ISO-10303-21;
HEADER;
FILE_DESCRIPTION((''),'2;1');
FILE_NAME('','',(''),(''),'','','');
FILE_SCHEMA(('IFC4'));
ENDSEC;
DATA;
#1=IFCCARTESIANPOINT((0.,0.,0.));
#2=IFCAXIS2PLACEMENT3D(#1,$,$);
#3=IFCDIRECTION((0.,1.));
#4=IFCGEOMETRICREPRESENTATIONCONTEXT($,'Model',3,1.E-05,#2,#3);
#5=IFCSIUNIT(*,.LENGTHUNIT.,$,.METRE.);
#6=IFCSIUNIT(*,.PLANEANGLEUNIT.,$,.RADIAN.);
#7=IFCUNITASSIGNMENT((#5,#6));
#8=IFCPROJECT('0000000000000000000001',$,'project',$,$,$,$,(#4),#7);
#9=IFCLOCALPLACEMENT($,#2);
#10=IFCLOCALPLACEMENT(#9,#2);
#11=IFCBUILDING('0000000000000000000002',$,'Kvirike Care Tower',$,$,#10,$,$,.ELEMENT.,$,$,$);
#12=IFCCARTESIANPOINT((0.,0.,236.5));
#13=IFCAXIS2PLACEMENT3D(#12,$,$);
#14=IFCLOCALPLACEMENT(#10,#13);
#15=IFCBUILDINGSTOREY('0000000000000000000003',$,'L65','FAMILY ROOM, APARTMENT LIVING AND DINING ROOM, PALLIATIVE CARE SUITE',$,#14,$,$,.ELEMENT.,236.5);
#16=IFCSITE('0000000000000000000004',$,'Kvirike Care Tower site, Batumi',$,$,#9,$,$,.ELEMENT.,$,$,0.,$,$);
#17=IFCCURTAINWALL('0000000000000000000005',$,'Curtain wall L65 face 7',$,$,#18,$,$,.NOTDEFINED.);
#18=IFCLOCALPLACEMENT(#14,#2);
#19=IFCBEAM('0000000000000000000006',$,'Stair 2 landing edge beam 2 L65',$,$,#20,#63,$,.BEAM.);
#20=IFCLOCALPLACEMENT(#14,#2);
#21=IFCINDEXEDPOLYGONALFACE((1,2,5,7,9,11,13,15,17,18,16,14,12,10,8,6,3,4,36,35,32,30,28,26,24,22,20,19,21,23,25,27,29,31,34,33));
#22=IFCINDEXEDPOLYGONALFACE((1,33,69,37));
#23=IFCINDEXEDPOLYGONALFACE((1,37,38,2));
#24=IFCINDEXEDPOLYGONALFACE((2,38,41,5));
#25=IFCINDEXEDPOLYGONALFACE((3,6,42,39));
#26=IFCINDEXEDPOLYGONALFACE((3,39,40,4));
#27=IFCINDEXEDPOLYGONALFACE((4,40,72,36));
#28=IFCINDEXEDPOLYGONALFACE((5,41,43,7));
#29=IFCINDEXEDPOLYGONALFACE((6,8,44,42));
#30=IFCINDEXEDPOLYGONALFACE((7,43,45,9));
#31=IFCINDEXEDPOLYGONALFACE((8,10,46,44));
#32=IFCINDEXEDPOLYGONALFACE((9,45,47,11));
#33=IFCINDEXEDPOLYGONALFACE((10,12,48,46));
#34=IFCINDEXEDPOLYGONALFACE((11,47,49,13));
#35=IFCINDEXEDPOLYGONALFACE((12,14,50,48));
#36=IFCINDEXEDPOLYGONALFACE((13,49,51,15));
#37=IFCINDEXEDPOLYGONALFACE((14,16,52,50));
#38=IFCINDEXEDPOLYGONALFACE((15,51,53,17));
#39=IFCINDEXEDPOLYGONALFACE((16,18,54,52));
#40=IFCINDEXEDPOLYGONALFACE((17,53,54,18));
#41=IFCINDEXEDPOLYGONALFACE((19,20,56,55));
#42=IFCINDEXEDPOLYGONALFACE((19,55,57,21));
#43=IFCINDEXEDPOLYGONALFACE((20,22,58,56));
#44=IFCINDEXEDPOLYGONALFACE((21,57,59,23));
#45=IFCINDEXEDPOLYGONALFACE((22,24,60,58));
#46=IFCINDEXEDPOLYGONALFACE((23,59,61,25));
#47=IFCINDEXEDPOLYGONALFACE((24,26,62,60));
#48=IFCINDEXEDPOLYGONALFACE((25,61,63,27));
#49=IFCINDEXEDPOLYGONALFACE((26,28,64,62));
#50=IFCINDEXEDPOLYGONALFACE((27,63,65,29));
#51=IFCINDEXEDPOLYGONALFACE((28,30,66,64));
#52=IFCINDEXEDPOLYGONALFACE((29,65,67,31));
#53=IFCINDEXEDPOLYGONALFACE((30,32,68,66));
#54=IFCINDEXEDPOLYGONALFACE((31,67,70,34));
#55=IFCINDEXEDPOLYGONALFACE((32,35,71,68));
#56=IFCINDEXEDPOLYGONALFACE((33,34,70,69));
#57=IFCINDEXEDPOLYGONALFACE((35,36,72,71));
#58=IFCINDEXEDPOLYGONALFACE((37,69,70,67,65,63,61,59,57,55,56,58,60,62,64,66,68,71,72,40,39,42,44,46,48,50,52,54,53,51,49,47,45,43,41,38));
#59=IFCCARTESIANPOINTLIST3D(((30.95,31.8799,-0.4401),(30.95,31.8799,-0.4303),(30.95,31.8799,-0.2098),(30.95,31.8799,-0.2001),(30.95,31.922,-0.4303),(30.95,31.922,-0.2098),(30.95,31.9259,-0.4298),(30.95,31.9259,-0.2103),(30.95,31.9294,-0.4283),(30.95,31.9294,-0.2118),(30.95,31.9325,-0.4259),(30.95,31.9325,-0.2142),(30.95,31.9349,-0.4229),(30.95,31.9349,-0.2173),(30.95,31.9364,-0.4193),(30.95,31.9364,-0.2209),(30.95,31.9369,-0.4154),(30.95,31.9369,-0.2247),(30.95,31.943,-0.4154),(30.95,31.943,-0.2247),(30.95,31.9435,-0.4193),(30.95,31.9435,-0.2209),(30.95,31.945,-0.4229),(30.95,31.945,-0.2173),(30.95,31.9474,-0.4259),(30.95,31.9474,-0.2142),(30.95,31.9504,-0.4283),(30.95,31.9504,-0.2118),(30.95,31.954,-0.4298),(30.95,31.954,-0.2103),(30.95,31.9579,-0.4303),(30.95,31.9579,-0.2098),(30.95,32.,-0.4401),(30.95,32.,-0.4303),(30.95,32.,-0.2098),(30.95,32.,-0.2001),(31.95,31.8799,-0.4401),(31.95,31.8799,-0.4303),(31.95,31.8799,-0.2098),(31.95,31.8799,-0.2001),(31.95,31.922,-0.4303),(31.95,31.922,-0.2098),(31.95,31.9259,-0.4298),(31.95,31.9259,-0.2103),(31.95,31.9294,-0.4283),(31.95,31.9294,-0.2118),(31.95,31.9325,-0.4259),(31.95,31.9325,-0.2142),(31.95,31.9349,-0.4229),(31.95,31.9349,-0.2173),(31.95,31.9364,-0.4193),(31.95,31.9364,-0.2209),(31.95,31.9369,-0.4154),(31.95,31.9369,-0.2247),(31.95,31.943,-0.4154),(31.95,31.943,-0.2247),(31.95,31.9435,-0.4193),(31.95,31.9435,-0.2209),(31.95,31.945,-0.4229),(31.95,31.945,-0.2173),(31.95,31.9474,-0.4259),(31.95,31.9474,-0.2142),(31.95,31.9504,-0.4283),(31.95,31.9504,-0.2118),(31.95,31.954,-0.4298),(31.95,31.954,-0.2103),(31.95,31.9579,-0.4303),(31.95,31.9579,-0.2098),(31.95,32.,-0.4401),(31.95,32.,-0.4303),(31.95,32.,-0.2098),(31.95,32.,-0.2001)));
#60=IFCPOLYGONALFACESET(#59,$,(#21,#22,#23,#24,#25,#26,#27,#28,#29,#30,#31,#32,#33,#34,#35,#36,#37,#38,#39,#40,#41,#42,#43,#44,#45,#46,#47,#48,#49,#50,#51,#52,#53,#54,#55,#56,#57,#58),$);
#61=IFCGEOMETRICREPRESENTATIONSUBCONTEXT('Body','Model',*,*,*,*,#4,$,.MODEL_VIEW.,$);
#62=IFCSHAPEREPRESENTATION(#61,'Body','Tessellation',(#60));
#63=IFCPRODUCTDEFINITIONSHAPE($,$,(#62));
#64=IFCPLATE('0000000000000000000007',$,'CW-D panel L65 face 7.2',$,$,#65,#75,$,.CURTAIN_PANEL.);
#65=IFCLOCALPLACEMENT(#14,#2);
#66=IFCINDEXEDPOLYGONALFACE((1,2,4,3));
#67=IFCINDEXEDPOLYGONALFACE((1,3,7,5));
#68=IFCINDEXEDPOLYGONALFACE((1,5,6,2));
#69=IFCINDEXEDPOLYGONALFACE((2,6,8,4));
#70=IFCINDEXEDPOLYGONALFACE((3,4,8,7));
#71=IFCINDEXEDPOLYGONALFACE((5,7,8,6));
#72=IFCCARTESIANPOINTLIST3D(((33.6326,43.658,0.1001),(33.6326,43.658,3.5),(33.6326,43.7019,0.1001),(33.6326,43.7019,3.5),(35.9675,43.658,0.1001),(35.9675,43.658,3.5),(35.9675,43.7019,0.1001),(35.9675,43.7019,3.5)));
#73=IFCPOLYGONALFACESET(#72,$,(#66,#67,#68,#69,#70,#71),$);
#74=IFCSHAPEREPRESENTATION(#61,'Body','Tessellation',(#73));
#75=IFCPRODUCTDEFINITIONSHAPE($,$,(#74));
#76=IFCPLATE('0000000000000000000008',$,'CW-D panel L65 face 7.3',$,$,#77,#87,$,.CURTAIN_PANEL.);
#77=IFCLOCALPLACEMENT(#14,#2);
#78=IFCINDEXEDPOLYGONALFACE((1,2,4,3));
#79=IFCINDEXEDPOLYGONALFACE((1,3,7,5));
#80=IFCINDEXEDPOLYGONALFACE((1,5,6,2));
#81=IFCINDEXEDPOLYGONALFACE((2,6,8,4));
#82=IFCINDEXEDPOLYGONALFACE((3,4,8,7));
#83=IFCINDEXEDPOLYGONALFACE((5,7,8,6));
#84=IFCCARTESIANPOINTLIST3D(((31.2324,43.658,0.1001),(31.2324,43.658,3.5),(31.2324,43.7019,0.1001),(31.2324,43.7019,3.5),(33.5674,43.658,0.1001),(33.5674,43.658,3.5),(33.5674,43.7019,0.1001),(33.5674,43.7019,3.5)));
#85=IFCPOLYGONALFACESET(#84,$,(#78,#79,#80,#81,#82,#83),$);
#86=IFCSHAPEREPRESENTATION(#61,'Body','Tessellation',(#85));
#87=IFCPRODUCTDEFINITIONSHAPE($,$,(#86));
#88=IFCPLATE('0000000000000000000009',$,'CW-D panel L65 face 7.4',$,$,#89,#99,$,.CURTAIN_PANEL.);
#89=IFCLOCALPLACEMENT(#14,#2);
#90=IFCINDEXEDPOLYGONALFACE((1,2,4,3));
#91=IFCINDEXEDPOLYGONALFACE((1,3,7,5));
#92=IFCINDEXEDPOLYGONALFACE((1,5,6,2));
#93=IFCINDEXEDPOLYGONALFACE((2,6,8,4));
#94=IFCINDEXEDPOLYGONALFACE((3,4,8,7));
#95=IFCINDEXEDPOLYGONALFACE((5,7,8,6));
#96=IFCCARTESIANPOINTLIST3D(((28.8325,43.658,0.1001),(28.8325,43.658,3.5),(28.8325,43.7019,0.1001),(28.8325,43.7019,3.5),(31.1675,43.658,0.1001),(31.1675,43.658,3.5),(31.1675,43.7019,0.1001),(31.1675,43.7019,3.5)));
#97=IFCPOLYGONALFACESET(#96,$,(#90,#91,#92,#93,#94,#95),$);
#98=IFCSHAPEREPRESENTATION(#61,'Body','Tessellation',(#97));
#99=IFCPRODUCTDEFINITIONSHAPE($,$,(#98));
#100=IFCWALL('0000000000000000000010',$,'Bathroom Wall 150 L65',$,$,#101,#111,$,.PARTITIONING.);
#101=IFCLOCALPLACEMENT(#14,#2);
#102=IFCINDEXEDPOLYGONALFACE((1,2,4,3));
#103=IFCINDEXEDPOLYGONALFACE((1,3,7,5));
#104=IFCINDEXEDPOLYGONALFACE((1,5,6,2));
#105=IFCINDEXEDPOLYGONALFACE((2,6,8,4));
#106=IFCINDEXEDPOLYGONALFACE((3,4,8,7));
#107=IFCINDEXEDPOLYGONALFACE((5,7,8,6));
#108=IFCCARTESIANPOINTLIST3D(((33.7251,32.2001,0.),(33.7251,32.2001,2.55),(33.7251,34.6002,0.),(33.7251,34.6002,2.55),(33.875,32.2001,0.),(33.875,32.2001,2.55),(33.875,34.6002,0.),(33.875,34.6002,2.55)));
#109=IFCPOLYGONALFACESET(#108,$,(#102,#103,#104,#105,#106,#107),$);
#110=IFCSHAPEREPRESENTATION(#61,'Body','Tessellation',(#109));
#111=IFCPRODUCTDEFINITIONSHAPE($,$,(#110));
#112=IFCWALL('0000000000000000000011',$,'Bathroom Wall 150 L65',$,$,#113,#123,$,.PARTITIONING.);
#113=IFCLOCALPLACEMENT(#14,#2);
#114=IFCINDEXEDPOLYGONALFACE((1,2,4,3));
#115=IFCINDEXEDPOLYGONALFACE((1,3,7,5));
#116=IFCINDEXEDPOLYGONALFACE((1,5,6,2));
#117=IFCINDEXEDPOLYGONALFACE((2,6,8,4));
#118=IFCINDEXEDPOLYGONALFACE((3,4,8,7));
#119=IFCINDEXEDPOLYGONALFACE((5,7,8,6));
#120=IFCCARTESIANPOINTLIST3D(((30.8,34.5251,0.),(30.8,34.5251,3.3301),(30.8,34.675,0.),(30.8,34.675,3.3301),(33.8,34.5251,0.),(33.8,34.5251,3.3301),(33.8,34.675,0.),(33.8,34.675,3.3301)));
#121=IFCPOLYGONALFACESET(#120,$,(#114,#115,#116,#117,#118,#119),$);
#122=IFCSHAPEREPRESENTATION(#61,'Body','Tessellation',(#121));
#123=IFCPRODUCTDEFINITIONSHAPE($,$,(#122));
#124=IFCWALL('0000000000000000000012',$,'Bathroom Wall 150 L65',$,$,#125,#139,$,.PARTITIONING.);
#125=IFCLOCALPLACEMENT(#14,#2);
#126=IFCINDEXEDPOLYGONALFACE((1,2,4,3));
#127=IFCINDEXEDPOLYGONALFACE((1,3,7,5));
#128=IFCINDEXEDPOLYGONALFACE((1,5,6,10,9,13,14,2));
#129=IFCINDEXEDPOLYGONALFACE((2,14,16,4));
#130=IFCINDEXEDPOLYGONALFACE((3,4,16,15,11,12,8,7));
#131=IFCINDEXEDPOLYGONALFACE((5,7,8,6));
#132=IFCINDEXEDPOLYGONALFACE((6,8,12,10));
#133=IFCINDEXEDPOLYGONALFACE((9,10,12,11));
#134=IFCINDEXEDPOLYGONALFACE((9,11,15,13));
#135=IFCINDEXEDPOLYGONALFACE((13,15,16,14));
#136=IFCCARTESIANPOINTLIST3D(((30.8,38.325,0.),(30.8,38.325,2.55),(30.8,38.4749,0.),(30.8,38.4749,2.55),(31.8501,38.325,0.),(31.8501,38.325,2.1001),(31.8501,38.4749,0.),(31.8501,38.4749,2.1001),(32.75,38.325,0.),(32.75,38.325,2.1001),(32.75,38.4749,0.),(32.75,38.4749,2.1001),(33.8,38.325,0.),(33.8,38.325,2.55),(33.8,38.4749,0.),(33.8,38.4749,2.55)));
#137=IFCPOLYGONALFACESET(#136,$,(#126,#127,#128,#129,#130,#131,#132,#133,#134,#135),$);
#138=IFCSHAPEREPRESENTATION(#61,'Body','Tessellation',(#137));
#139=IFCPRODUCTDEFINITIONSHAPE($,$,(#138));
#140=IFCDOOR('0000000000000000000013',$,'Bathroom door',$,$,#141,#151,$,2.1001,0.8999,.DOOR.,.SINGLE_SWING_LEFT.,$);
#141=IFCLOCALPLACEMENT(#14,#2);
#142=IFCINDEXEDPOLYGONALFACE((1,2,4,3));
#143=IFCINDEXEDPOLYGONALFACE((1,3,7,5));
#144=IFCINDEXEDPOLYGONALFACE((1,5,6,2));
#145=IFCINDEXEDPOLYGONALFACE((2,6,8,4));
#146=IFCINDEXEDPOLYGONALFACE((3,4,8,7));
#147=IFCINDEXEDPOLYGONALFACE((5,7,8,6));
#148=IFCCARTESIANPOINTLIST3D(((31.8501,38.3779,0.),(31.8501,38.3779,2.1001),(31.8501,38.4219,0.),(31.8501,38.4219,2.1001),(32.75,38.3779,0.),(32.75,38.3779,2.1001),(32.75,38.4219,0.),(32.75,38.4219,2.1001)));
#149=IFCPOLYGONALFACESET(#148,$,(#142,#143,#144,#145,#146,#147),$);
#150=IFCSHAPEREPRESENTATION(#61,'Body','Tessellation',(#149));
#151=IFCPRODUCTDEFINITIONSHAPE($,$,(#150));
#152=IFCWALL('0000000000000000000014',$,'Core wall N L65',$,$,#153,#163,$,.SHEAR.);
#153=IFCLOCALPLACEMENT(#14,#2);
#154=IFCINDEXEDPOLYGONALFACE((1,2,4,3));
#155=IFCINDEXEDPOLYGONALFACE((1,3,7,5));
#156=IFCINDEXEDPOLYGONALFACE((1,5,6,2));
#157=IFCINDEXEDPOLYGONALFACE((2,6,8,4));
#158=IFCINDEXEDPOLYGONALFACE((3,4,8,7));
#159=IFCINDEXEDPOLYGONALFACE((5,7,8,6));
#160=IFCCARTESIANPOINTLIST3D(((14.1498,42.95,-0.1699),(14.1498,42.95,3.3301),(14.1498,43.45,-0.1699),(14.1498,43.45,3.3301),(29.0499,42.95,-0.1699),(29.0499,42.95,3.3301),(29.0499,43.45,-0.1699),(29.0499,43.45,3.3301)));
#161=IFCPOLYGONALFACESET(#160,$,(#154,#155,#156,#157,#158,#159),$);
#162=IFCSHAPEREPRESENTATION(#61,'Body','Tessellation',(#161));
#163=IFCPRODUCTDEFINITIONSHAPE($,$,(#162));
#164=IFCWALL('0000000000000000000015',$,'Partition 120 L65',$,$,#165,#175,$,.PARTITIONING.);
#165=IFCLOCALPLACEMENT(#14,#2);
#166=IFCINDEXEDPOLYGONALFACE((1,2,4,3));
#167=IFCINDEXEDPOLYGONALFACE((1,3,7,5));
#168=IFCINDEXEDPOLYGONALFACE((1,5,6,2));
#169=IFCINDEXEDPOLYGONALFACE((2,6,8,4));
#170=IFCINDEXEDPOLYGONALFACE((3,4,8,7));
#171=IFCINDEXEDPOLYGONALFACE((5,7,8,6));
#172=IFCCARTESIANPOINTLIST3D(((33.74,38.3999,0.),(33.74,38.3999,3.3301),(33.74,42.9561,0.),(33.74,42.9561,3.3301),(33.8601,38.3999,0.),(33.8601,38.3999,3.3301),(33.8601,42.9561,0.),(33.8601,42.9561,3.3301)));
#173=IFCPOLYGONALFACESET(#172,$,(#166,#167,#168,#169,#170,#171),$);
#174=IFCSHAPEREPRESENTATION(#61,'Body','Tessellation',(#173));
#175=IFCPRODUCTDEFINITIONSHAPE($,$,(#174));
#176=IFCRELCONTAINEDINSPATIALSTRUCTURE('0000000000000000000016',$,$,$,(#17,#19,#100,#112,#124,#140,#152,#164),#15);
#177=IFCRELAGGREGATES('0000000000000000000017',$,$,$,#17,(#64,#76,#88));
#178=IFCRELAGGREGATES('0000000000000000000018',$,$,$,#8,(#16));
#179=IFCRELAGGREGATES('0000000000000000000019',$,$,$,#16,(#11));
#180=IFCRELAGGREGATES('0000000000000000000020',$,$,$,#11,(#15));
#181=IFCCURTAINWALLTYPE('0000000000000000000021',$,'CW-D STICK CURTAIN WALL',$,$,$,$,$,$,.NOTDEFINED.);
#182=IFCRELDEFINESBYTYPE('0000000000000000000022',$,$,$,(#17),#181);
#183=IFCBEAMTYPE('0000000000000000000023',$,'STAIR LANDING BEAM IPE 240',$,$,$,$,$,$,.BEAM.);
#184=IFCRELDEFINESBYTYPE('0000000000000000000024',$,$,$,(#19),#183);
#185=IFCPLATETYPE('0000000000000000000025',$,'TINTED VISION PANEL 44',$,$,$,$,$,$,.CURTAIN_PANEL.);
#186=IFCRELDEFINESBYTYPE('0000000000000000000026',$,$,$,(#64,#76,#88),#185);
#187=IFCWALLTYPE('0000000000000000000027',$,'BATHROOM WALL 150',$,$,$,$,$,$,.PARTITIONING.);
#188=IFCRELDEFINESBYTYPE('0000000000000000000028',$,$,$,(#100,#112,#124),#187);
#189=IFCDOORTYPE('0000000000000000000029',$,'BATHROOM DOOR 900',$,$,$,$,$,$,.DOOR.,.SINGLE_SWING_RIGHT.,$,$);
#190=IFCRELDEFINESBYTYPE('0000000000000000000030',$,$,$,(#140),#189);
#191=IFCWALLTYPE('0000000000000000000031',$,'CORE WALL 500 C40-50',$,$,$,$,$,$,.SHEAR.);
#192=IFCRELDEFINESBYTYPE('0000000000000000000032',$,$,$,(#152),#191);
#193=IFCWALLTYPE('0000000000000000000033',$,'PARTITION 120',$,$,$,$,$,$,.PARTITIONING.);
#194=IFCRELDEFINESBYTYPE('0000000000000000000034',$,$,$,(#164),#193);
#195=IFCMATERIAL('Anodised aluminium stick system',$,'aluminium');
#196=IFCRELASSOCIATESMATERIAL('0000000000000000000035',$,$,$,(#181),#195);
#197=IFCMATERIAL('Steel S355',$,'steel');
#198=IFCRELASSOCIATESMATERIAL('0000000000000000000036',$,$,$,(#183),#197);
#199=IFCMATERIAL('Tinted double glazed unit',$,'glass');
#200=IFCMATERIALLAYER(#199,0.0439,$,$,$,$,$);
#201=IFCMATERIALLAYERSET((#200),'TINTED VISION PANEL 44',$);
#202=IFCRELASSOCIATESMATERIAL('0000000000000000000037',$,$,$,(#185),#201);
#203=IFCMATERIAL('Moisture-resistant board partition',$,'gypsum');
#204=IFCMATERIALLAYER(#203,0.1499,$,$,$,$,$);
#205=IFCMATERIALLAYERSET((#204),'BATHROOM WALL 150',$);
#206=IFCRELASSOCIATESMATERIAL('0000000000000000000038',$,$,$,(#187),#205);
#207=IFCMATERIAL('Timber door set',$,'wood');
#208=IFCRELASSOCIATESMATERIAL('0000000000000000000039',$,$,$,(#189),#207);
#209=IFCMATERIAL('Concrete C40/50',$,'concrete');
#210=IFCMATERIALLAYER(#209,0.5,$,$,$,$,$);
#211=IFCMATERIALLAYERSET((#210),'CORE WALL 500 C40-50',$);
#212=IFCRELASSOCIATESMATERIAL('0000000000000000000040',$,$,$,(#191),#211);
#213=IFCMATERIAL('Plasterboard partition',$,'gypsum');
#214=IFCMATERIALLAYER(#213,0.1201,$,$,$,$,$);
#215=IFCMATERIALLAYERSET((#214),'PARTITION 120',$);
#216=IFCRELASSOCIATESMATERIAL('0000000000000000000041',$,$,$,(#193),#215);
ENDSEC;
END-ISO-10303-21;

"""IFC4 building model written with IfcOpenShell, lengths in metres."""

from ifc_helpers import new_model, si_unit, direction, frame, frame_2d, origin, origin_2d, place, context, subcontext, project, spatial, rectangle, i_section, extrude, material, layer, layer_set, material_profile, profile_set, type_object, element, fill, aggregate, save


model = new_model("IFC4")

# Units and contexts
model_context = context("Model", 3, precision=1e-05, world=origin(), true_north=direction((0.0, 1.0)))
body_context = subcontext(model_context, "Body", "Model", "MODEL_VIEW")
ifc_project = project(units=[si_unit("LENGTHUNIT", "METRE"), si_unit("PLANEANGLEUNIT", "RADIAN")], contexts=[model_context])

# Site, building, storey
site_placement = place(None, origin())
site = spatial("IfcSite", under=ifc_project, at=site_placement, Name="Kvirike Care Tower site, Batumi", CompositionType="ELEMENT", RefElevation=0.0)
building_placement = place(site_placement, origin())
building = spatial("IfcBuilding", under=site, at=building_placement, Name="Kvirike Care Tower", CompositionType="ELEMENT")
storey_placement = place(building_placement, frame((0.0, 0.0, 236.5)))
storey = spatial("IfcBuildingStorey", under=building, at=storey_placement, Name="L65", Description="FAMILY ROOM, APARTMENT LIVING AND DINING ROOM, PALLIATIVE CARE SUITE", CompositionType="ELEMENT", Elevation=236.5)

# Curtain wall
ifc_material_1 = material(Name="Anodised aluminium stick system", Category="aluminium")
curtain_wall_type = type_object("IfcCurtainWallType", Name="CW-D STICK CURTAIN WALL", PredefinedType="NOTDEFINED", material=ifc_material_1)
curtain_wall_placement = place(storey_placement, origin())
curtain_wall = element("IfcCurtainWall", 1, at=curtain_wall_placement, inside=storey, type_object=curtain_wall_type, Name="Curtain wall L65 face 7", PredefinedType="NOTDEFINED")

# Beam
ifc_material_2 = material(Name="Steel S355", Category="steel")
ifc_material_profile_1 = material_profile(ifc_material_2, i_section(OverallWidth=0.1201, OverallDepth=0.24, WebThickness=0.0061, FlangeThickness=0.0098, FilletRadius=0.0149, at=origin_2d()), Name="IPE 240")
ifc_profile_set_1 = profile_set([ifc_material_profile_1], Name="Steel S355")
beam_type_1 = type_object("IfcBeamType", Name="STAIR LANDING BEAM IPE 240", PredefinedType="BEAM", material=ifc_profile_set_1)
beam_1_placement = place(storey_placement, frame((31.95, 31.9399, -0.3201), z_axis=(-1.0, 0.0, 0.0), x_axis=(0.0, -1.0, 0.0)))
element("IfcBeam", 2, at=beam_1_placement, inside=storey, type_object=beam_type_1, Name="Stair 2 landing edge beam 2 L65", PredefinedType="BEAM", context=body_context, shape_type="SweptSolid", body=[
    extrude(i_section(OverallWidth=0.1201, OverallDepth=0.24, WebThickness=0.0061, FlangeThickness=0.0098, FilletRadius=0.0149, at=origin_2d()), origin(), (0.0, 0.0, 1.0), 1.0),
])

# Plates
ifc_material_3 = material(Name="Tinted double glazed unit", Category="glass")
ifc_layer_1 = layer(ifc_material_3, 0.0439)
ifc_layer_set_1 = layer_set([ifc_layer_1], Name="TINTED VISION PANEL 44")
plate_type = type_object("IfcPlateType", Name="TINTED VISION PANEL 44", PredefinedType="CURTAIN_PANEL", material=ifc_layer_set_1)
plate_1_placement = place(storey_placement, frame((34.8, 43.6799, 0.1001), z_axis=(0.0, 0.0, 1.0), x_axis=(-1.0, 0.0, 0.0)))
plate_1 = element("IfcPlate", 3, at=plate_1_placement, type_object=plate_type, Name="CW-D panel L65 face 7.2", PredefinedType="CURTAIN_PANEL", context=body_context, shape_type="SweptSolid", body=[
    extrude(rectangle(XDim=2.335, YDim=0.0439, at=origin_2d()), origin(), (0.0, 0.0, 1.0), 3.3999),
])
plate_2_placement = place(storey_placement, frame((32.3999, 43.6799, 0.1001), z_axis=(0.0, 0.0, 1.0), x_axis=(-1.0, 0.0, 0.0)))
plate_2 = element("IfcPlate", 4, at=plate_2_placement, type_object=plate_type, Name="CW-D panel L65 face 7.3", PredefinedType="CURTAIN_PANEL", context=body_context, shape_type="SweptSolid", body=[
    extrude(rectangle(XDim=2.335, YDim=0.0439, at=origin_2d()), origin(), (0.0, 0.0, 1.0), 3.3999),
])
plate_3_placement = place(storey_placement, frame((30.0, 43.6799, 0.1001), z_axis=(0.0, 0.0, 1.0), x_axis=(-1.0, 0.0, 0.0)))
plate_3 = element("IfcPlate", 5, at=plate_3_placement, type_object=plate_type, Name="CW-D panel L65 face 7.4", PredefinedType="CURTAIN_PANEL", context=body_context, shape_type="SweptSolid", body=[
    extrude(rectangle(XDim=2.335, YDim=0.0439, at=origin_2d()), origin(), (0.0, 0.0, 1.0), 3.3999),
])
aggregate(curtain_wall, [plate_1, plate_2, plate_3])

# Walls
ifc_material_4 = material(Name="Moisture-resistant board partition", Category="gypsum")
ifc_layer_2 = layer(ifc_material_4, 0.1499)
ifc_layer_set_2 = layer_set([ifc_layer_2], Name="BATHROOM WALL 150")
wall_type_1 = type_object("IfcWallType", Name="BATHROOM WALL 150", PredefinedType="PARTITIONING", material=ifc_layer_set_2)
wall_1_placement = place(storey_placement, frame((33.8, 32.2, 0.0), z_axis=(0.0, 0.0, 1.0), x_axis=(0.0, 1.0, 0.0)))
element("IfcWall", 6, at=wall_1_placement, inside=storey, type_object=wall_type_1, Name="Bathroom Wall 150 L65", PredefinedType="PARTITIONING", context=body_context, shape_type="SweptSolid", body=[
    extrude(rectangle(XDim=2.4001, YDim=0.1499, at=frame_2d((1.2002, 0.0))), origin(), (0.0, 0.0, 1.0), 2.55),
])
wall_2_placement = place(storey_placement, frame((33.8, 34.6001, 0.0), z_axis=(0.0, 0.0, 1.0), x_axis=(-1.0, 0.0, 0.0)))
element("IfcWall", 7, at=wall_2_placement, inside=storey, type_object=wall_type_1, Name="Bathroom Wall 150 L65", PredefinedType="PARTITIONING", context=body_context, shape_type="SweptSolid", body=[
    extrude(rectangle(XDim=3.0, YDim=0.1499, at=frame_2d((1.5, 0.0))), origin(), (0.0, 0.0, 1.0), 3.3301),
])

# Wall, opening, door
wall_3_placement = place(storey_placement, frame((33.8, 38.3999, 0.0), z_axis=(0.0, 0.0, 1.0), x_axis=(-1.0, 0.0, 0.0)))
wall_3 = element("IfcWall", 8, at=wall_3_placement, inside=storey, type_object=wall_type_1, Name="Bathroom Wall 150 L65", PredefinedType="PARTITIONING", context=body_context, shape_type="SweptSolid", body=[
    extrude(rectangle(XDim=3.0, YDim=0.1499, at=frame_2d((1.5, 0.0))), origin(), (0.0, 0.0, 1.0), 2.55),
])
opening_placement = place(wall_3_placement, frame((1.05, 0.0, 0.0)))
opening = element("IfcOpeningElement", 9, at=opening_placement, cuts=wall_3, PredefinedType="OPENING", context=body_context, shape_type="SweptSolid", body=[
    extrude(rectangle(XDim=0.8999, YDim=2.1001, at=frame_2d((0.45, 1.05))), frame((0.0, 0.0854, 0.0), z_axis=(0.0, -1.0, 0.0), x_axis=(1.0, 0.0, 0.0)), (0.0, 0.0, 1.0), 0.1709),
])
ifc_material_5 = material(Name="Timber door set", Category="wood")
door_type = type_object("IfcDoorType", Name="BATHROOM DOOR 900", OperationType="SINGLE_SWING_RIGHT", PredefinedType="DOOR", material=ifc_material_5)
door_placement = place(opening_placement, frame((0.8999, 0.0, 0.0), z_axis=(0.0, 0.0, 1.0), x_axis=(-1.0, 0.0, 0.0)))
door = element("IfcDoor", 10, at=door_placement, inside=storey, type_object=door_type, Name="Bathroom door", OperationType="SINGLE_SWING_LEFT", OverallHeight=2.1001, OverallWidth=0.8999, PredefinedType="DOOR", context=body_context, shape_type="SweptSolid", body=[
    extrude(rectangle(XDim=0.8999, YDim=2.1001, at=frame_2d((0.45, 1.05))), frame((0.0, 0.022, 0.0), z_axis=(0.0, -1.0, 0.0), x_axis=(1.0, 0.0, 0.0)), (0.0, 0.0, 1.0), 0.0439),
])
fill(opening, door)

# Walls
ifc_material_6 = material(Name="Concrete C40/50", Category="concrete")
ifc_layer_3 = layer(ifc_material_6, 0.5)
ifc_layer_set_3 = layer_set([ifc_layer_3], Name="CORE WALL 500 C40-50")
wall_type_2 = type_object("IfcWallType", Name="CORE WALL 500 C40-50", PredefinedType="SHEAR", material=ifc_layer_set_3)
wall_4_placement = place(storey_placement, frame((29.05, 43.2, -0.1699), z_axis=(0.0, 0.0, 1.0), x_axis=(-1.0, 0.0, 0.0)))
element("IfcWall", 11, at=wall_4_placement, inside=storey, type_object=wall_type_2, Name="Core wall N L65", PredefinedType="SHEAR", context=body_context, shape_type="SweptSolid", body=[
    extrude(rectangle(XDim=14.9001, YDim=0.5, at=frame_2d((7.4502, 0.0))), origin(), (0.0, 0.0, 1.0), 3.5),
])
ifc_material_7 = material(Name="Plasterboard partition", Category="gypsum")
ifc_layer_4 = layer(ifc_material_7, 0.1201)
ifc_layer_set_4 = layer_set([ifc_layer_4], Name="PARTITION 120")
wall_type_3 = type_object("IfcWallType", Name="PARTITION 120", PredefinedType="PARTITIONING", material=ifc_layer_set_4)
wall_5_placement = place(storey_placement, frame((33.8, 38.3999, 0.0), z_axis=(0.0, 0.0, 1.0), x_axis=(0.0, 1.0, 0.0)))
element("IfcWall", 12, at=wall_5_placement, inside=storey, type_object=wall_type_3, Name="Partition 120 L65", PredefinedType="PARTITIONING", context=body_context, shape_type="SweptSolid", body=[
    extrude(rectangle(XDim=4.5562, YDim=0.1201, at=frame_2d((2.2781, 0.0))), origin(), (0.0, 0.0, 1.0), 3.3301),
])

save(model, "model.ifc")
